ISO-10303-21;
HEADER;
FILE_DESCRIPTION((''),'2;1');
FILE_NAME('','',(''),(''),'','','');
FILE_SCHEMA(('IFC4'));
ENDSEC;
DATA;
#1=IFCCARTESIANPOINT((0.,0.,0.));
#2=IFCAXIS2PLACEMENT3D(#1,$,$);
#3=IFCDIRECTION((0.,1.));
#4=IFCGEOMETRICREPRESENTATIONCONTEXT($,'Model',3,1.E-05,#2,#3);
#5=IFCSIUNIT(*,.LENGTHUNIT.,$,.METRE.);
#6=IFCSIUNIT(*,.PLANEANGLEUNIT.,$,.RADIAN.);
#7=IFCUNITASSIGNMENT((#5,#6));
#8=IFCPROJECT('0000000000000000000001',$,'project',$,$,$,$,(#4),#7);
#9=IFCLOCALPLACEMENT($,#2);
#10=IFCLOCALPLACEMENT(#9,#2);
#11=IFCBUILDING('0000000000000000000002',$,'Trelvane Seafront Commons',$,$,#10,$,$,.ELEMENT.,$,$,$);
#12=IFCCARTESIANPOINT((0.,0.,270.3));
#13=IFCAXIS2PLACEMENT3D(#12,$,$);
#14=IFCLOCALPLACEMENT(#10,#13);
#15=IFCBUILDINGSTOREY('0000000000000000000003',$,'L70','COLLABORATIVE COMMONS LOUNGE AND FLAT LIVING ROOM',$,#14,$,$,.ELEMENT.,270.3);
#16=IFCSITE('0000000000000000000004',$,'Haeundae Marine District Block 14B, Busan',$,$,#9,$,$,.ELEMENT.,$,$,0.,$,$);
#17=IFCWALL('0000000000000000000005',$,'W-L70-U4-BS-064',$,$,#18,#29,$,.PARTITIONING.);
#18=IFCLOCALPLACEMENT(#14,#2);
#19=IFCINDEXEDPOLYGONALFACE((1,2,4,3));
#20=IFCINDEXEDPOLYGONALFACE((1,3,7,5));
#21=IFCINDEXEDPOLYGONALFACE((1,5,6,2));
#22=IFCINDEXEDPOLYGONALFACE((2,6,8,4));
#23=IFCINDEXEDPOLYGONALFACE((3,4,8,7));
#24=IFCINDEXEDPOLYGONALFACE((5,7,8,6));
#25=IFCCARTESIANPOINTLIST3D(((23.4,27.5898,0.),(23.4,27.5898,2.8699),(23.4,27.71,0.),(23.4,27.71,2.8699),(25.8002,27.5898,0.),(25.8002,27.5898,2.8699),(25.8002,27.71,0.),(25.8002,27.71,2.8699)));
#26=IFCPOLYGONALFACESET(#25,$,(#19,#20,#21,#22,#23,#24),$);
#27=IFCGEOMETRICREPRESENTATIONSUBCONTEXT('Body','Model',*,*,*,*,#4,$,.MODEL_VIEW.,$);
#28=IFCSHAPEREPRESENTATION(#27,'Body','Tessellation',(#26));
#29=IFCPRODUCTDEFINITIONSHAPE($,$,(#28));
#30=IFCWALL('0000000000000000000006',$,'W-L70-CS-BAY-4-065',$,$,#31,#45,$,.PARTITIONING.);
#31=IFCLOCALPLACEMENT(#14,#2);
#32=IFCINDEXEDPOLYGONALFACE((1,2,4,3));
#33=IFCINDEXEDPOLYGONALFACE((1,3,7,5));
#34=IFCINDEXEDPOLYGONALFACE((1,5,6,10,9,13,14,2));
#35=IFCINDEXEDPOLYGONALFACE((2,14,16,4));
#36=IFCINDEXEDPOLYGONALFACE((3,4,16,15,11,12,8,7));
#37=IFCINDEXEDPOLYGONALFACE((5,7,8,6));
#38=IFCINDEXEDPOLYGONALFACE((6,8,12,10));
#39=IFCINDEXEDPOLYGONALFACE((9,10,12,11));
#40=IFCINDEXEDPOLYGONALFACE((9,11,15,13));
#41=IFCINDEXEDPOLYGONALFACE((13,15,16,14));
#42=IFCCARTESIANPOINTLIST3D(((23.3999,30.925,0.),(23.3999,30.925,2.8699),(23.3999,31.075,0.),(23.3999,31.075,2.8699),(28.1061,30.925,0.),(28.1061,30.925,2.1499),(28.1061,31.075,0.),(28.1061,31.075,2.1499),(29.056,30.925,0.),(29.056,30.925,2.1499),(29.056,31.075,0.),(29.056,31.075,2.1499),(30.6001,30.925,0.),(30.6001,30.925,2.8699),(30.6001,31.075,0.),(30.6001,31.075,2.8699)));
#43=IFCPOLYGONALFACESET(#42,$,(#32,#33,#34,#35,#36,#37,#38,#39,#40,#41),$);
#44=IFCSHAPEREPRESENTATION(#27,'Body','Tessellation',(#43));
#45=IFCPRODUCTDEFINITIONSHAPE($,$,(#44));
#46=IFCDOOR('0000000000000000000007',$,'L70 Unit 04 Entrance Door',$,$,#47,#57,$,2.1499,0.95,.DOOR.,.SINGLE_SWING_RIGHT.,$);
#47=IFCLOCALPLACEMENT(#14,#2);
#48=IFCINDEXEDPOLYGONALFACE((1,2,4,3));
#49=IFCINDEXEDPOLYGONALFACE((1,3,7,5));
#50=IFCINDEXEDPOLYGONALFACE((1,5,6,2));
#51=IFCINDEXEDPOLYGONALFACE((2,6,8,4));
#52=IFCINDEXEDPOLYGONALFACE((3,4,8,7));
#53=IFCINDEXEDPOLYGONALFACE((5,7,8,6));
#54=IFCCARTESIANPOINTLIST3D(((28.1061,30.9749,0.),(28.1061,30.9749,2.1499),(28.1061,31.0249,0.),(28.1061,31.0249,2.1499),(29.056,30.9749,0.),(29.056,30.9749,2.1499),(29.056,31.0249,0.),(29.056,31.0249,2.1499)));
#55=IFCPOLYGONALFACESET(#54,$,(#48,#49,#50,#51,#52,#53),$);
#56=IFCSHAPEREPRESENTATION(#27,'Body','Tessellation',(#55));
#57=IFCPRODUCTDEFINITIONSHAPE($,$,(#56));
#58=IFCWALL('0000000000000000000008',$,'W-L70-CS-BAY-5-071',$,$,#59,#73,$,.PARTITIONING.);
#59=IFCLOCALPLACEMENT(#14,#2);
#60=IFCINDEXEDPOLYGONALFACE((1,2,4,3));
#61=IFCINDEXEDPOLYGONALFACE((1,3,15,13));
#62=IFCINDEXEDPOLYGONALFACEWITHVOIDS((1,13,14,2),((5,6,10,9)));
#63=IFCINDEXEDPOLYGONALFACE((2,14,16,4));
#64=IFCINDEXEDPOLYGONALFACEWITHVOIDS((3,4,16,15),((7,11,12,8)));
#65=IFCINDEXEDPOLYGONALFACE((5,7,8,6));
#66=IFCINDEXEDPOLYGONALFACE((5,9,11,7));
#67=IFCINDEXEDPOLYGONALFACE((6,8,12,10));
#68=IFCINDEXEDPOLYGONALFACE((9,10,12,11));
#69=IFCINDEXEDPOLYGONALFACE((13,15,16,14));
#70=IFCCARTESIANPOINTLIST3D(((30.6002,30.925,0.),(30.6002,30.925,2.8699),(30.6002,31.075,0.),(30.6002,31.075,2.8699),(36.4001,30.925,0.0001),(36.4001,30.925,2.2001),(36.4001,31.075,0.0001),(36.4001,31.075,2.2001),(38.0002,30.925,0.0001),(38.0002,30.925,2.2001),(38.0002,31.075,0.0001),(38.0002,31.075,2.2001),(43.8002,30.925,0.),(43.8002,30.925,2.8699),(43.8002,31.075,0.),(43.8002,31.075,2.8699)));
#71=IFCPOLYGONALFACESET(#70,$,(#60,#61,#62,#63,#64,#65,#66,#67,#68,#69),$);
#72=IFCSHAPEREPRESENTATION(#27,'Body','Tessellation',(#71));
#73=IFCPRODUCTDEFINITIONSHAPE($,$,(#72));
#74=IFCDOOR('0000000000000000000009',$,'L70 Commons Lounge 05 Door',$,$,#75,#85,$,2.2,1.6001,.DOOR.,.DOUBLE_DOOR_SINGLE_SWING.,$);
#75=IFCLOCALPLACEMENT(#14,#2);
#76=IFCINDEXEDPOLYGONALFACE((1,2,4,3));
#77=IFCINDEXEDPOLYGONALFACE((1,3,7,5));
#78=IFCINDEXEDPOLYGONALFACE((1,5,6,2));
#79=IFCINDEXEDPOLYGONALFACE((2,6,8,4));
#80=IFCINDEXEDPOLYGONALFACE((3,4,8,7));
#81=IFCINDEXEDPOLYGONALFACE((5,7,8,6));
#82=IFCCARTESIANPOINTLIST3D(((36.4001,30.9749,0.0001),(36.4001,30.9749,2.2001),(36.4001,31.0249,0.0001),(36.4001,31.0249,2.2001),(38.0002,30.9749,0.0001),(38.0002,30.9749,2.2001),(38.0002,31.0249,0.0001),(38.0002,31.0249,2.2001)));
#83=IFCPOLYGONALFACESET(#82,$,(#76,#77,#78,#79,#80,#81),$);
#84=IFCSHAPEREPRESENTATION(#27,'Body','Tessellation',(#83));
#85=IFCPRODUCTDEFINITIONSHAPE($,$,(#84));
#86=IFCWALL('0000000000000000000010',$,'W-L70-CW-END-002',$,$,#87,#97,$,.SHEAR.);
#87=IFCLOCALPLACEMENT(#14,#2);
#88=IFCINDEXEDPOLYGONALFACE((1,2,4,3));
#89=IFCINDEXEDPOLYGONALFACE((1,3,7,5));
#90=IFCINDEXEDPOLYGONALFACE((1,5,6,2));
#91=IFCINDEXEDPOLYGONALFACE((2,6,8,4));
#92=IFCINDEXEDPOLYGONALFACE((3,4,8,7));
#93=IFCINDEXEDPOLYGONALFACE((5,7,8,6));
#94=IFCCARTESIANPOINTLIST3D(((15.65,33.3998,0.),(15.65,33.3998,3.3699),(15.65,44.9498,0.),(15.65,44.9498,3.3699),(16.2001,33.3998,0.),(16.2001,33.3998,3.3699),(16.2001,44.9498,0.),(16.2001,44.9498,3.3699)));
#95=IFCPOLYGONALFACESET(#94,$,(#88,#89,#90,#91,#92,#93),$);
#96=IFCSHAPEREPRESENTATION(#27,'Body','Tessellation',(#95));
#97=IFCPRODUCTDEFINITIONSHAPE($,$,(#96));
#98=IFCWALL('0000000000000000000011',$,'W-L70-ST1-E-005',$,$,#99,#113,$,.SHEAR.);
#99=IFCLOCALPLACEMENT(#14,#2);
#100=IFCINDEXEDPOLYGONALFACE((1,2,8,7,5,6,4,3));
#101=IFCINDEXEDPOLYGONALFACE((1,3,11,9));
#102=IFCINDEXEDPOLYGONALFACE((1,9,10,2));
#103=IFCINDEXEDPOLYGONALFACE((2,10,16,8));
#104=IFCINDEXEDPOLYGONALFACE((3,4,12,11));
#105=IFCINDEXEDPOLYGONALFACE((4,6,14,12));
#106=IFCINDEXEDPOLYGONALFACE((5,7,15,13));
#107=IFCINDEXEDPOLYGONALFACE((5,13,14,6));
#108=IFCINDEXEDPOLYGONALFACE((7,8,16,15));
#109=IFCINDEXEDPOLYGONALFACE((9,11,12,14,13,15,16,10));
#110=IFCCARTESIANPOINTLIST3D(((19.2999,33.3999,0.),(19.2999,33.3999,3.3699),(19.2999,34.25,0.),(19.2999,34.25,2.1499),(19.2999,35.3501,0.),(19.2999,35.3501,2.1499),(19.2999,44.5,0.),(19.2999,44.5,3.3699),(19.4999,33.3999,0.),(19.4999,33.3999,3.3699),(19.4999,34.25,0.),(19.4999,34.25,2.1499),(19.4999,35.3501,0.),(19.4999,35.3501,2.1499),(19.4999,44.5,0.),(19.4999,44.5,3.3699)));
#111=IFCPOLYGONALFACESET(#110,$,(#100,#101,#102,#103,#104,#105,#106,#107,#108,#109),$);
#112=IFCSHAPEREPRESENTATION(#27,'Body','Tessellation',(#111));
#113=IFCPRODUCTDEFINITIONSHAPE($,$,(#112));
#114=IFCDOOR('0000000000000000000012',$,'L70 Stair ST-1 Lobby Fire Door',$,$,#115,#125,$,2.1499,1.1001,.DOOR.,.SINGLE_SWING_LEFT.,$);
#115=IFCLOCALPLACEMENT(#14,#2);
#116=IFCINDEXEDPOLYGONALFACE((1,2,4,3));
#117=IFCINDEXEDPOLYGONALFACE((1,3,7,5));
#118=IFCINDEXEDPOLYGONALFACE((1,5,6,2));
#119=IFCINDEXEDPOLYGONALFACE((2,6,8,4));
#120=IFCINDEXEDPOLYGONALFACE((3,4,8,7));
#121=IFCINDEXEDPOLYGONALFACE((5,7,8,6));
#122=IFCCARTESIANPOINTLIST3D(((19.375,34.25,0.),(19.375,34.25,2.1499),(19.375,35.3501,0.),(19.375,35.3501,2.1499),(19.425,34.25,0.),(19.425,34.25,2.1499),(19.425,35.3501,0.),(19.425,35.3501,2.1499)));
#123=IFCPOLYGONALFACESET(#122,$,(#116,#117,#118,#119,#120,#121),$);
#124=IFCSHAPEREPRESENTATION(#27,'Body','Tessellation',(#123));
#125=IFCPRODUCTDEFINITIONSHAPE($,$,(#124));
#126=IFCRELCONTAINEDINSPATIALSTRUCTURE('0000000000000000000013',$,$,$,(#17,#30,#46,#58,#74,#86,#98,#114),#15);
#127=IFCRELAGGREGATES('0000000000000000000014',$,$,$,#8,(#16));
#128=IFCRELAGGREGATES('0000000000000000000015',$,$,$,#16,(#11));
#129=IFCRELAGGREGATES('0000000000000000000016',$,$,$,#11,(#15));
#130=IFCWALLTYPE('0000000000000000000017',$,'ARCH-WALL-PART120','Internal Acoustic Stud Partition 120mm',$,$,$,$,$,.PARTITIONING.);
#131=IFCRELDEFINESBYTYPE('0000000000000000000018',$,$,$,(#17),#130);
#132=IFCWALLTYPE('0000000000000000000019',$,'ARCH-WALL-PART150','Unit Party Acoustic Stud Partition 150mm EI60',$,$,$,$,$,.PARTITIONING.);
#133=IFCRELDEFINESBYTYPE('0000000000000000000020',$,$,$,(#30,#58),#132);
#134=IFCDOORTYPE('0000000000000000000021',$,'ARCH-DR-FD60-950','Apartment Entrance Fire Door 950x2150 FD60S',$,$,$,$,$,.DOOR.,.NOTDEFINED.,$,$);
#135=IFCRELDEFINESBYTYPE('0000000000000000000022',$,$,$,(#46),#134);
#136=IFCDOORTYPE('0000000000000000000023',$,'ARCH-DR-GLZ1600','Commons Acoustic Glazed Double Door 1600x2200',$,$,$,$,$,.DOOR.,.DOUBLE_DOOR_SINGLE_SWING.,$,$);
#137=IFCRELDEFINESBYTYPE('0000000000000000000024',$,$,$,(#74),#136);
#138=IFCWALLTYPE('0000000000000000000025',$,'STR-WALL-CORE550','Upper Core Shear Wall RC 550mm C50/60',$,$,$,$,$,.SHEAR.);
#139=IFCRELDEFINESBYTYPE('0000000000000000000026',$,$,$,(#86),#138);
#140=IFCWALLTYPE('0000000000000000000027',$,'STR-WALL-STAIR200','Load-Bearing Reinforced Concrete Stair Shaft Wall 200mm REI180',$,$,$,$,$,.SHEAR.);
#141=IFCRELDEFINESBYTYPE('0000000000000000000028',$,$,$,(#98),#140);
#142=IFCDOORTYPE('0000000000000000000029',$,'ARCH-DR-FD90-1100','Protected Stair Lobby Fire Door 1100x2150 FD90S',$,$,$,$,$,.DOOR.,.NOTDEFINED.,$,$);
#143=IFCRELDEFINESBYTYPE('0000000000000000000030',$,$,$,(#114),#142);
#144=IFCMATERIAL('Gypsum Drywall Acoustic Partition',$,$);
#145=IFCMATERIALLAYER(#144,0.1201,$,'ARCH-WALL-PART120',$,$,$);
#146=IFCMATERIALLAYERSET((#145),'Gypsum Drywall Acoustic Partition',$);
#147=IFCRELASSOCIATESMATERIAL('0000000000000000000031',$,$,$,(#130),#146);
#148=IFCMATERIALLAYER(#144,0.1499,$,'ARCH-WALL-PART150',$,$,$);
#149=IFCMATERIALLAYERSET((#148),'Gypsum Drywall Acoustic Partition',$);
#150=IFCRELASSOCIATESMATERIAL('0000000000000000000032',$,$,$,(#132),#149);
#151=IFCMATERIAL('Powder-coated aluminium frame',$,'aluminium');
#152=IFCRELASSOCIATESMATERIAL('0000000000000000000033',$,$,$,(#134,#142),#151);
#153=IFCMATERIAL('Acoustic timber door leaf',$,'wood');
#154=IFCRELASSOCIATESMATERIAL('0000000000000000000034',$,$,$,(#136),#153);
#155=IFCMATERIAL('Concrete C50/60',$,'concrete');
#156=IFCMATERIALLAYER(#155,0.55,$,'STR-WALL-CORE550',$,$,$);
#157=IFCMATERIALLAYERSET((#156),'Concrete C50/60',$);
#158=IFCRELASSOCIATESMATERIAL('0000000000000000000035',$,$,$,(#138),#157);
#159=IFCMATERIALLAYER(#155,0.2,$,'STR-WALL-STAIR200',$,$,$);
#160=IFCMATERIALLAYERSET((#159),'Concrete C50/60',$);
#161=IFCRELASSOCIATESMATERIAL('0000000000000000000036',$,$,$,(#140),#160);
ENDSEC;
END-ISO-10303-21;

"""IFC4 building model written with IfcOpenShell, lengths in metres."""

from ifc_helpers import new_model, si_unit, direction, frame, frame_2d, origin, place, context, subcontext, project, spatial, rectangle, extrude, source, transform, mapped, material, layer, layer_set, type_object, element, fill, save


model = new_model("IFC4")

# Units and contexts
model_context = context("Model", 3, precision=1e-05, world=origin(), true_north=direction((0.0, 1.0)))
body_context = subcontext(model_context, "Body", "Model", "MODEL_VIEW")
ifc_project = project(units=[si_unit("LENGTHUNIT", "METRE"), si_unit("PLANEANGLEUNIT", "RADIAN")], contexts=[model_context])

# Site, building, storey
site_placement = place(None, origin())
site = spatial("IfcSite", under=ifc_project, at=site_placement, Name="Haeundae Marine District Block 14B, Busan", CompositionType="ELEMENT", RefElevation=0.0)
building_placement = place(site_placement, origin())
building = spatial("IfcBuilding", under=site, at=building_placement, Name="Trelvane Seafront Commons", CompositionType="ELEMENT")
storey_placement = place(building_placement, frame((0.0, 0.0, 270.3)))
storey = spatial("IfcBuildingStorey", under=building, at=storey_placement, Name="L70", Description="COLLABORATIVE COMMONS LOUNGE AND FLAT LIVING ROOM", CompositionType="ELEMENT", Elevation=270.3)

# Shared definitions
ifc_material_1 = material(Name="Concrete C50/60", Category="concrete")

# Shared definitions
ifc_material_2 = material(Name="Powder-coated aluminium frame", Category="aluminium")
shared_shape_1 = source(origin(), body_context, "Body", "SweptSolid", [
    extrude(rectangle(XDim=1.6001, YDim=2.2, at=frame_2d((0.8, 1.1001))), frame((0.0, 0.0249, 0.0), z_axis=(0.0, -1.0, 0.0), x_axis=(1.0, 0.0, 0.0)), (0.0, 0.0, 1.0), 0.05),
])
ifc_material_3 = material(Name="Gypsum Drywall Acoustic Partition")
ifc_layer_1 = layer(ifc_material_3, 0.1201, Name="ARCH-WALL-PART120")
ifc_layer_set_1 = layer_set([ifc_layer_1], Name="Gypsum Drywall Acoustic Partition")
wall_type_1 = type_object("IfcWallType", Name="ARCH-WALL-PART120", Description="Internal Acoustic Stud Partition 120mm", PredefinedType="PARTITIONING", material=ifc_layer_set_1)
ifc_material_4 = material(Name="Acoustic timber door leaf", Category="wood")
shared_shape_2 = source(origin(), body_context, "Body", "SweptSolid", [
    extrude(rectangle(XDim=0.95, YDim=2.1499, at=frame_2d((0.4751, 1.075))), frame((0.0, 0.0249, 0.0), z_axis=(0.0, -1.0, 0.0), x_axis=(1.0, 0.0, 0.0)), (0.0, 0.0, 1.0), 0.05),
])

# Wall
wall_1_placement = place(storey_placement, frame((23.3999, 27.6499, 0.0), z_axis=(0.0, 0.0, 1.0), x_axis=(1.0, 0.0, 0.0)))
element("IfcWall", 1, at=wall_1_placement, inside=storey, type_object=wall_type_1, Name="W-L70-U4-BS-064", PredefinedType="PARTITIONING", context=body_context, shape_type="SweptSolid", body=[
    extrude(rectangle(XDim=2.4001, YDim=0.1201, at=frame_2d((1.2002, 0.0))), origin(), (0.0, 0.0, 1.0), 2.8699),
])

# Walls, openings, doors
ifc_layer_2 = layer(ifc_material_3, 0.1499, Name="ARCH-WALL-PART150")
ifc_layer_set_2 = layer_set([ifc_layer_2], Name="Gypsum Drywall Acoustic Partition")
wall_type_2 = type_object("IfcWallType", Name="ARCH-WALL-PART150", Description="Unit Party Acoustic Stud Partition 150mm EI60", PredefinedType="PARTITIONING", material=ifc_layer_set_2)
door_type_1 = type_object("IfcDoorType", Name="ARCH-DR-FD60-950", Description="Apartment Entrance Fire Door 950x2150 FD60S", OperationType="NOTDEFINED", PredefinedType="DOOR", material=ifc_material_2)
wall_2_placement = place(storey_placement, frame((23.3999, 31.0, 0.0), z_axis=(0.0, 0.0, 1.0), x_axis=(1.0, 0.0, 0.0)))
wall_2 = element("IfcWall", 2, at=wall_2_placement, inside=storey, type_object=wall_type_2, Name="W-L70-CS-BAY-4-065", PredefinedType="PARTITIONING", context=body_context, shape_type="SweptSolid", body=[
    extrude(rectangle(XDim=7.2002, YDim=0.1499, at=frame_2d((3.6001, 0.0))), origin(), (0.0, 0.0, 1.0), 2.8699),
])
opening_1_placement = place(wall_2_placement, frame((4.7061, 0.0, 0.0)))
opening_1 = element("IfcOpeningElement", 3, at=opening_1_placement, cuts=wall_2, PredefinedType="OPENING", context=body_context, shape_type="SweptSolid", body=[
    extrude(rectangle(XDim=0.95, YDim=2.1499, at=frame_2d((0.4751, 1.075))), frame((0.0, 0.085, 0.0), z_axis=(0.0, -1.0, 0.0), x_axis=(1.0, 0.0, 0.0)), (0.0, 0.0, 1.0), 0.1699),
])
door_1_placement = place(opening_1_placement, origin())
door_1 = element("IfcDoor", 4, at=door_1_placement, inside=storey, type_object=door_type_1, Name="L70 Unit 04 Entrance Door", OperationType="SINGLE_SWING_RIGHT", OverallHeight=2.1499, OverallWidth=0.95, PredefinedType="DOOR", context=body_context, shape_type="MappedRepresentation", body=[
    mapped(shared_shape_2, transform((0.0, 0.0, 0.0), x_axis=(1.0, 0.0, 0.0), y_axis=(0.0, 1.0, 0.0), z_axis=(0.0, 0.0, 1.0), scale=1.0)),
])
fill(opening_1, door_1)
wall_3_placement = place(storey_placement, frame((30.6001, 31.0, 0.0), z_axis=(0.0, 0.0, 1.0), x_axis=(1.0, 0.0, 0.0)))
wall_3 = element("IfcWall", 5, at=wall_3_placement, inside=storey, type_object=wall_type_2, Name="W-L70-CS-BAY-5-071", PredefinedType="PARTITIONING", context=body_context, shape_type="SweptSolid", body=[
    extrude(rectangle(XDim=13.2, YDim=0.1499, at=frame_2d((6.6001, 0.0))), origin(), (0.0, 0.0, 1.0), 2.8699),
])
opening_2_placement = place(wall_3_placement, frame((5.8, 0.0, 0.0)))
opening_2 = element("IfcOpeningElement", 6, at=opening_2_placement, cuts=wall_3, PredefinedType="OPENING", context=body_context, shape_type="SweptSolid", body=[
    extrude(rectangle(XDim=1.6001, YDim=2.2, at=frame_2d((0.8, 1.1001))), frame((0.0, 0.085, 0.0), z_axis=(0.0, -1.0, 0.0), x_axis=(1.0, 0.0, 0.0)), (0.0, 0.0, 1.0), 0.1699),
])
door_type_2 = type_object("IfcDoorType", Name="ARCH-DR-GLZ1600", Description="Commons Acoustic Glazed Double Door 1600x2200", OperationType="DOUBLE_DOOR_SINGLE_SWING", PredefinedType="DOOR", material=ifc_material_4)
door_2_placement = place(opening_2_placement, origin())
door_2 = element("IfcDoor", 7, at=door_2_placement, inside=storey, type_object=door_type_2, Name="L70 Commons Lounge 05 Door", OperationType="DOUBLE_DOOR_SINGLE_SWING", OverallHeight=2.2, OverallWidth=1.6001, PredefinedType="DOOR", context=body_context, shape_type="MappedRepresentation", body=[
    mapped(shared_shape_1, transform((0.0, 0.0, 0.0), x_axis=(1.0, 0.0, 0.0), y_axis=(0.0, 1.0, 0.0), z_axis=(0.0, 0.0, 1.0), scale=1.0)),
])
fill(opening_2, door_2)

# Wall
ifc_layer_3 = layer(ifc_material_1, 0.55, Name="STR-WALL-CORE550")
ifc_layer_set_3 = layer_set([ifc_layer_3], Name="Concrete C50/60")
wall_type_3 = type_object("IfcWallType", Name="STR-WALL-CORE550", Description="Upper Core Shear Wall RC 550mm C50/60", PredefinedType="SHEAR", material=ifc_layer_set_3)
wall_4_placement = place(storey_placement, frame((15.925, 33.3999, 0.0), z_axis=(0.0, 0.0, 1.0), x_axis=(0.0, 1.0, 0.0)))
element("IfcWall", 8, at=wall_4_placement, inside=storey, type_object=wall_type_3, Name="W-L70-CW-END-002", PredefinedType="SHEAR", context=body_context, shape_type="SweptSolid", body=[
    extrude(rectangle(XDim=11.55, YDim=0.55, at=frame_2d((5.7749, 0.0))), origin(), (0.0, 0.0, 1.0), 3.3699),
])

# Wall, opening, door
ifc_layer_4 = layer(ifc_material_1, 0.2, Name="STR-WALL-STAIR200")
ifc_layer_set_4 = layer_set([ifc_layer_4], Name="Concrete C50/60")
wall_type_4 = type_object("IfcWallType", Name="STR-WALL-STAIR200", Description="Load-Bearing Reinforced Concrete Stair Shaft Wall 200mm REI180", PredefinedType="SHEAR", material=ifc_layer_set_4)
wall_5_placement = place(storey_placement, frame((19.3999, 33.3999, 0.0), z_axis=(0.0, 0.0, 1.0), x_axis=(0.0, 1.0, 0.0)))
wall_5 = element("IfcWall", 9, at=wall_5_placement, inside=storey, type_object=wall_type_4, Name="W-L70-ST1-E-005", PredefinedType="SHEAR", context=body_context, shape_type="SweptSolid", body=[
    extrude(rectangle(XDim=11.1001, YDim=0.2, at=frame_2d((5.55, 0.0))), origin(), (0.0, 0.0, 1.0), 3.3699),
])
opening_3_placement = place(wall_5_placement, frame((0.8501, 0.0, 0.0)))
opening_3 = element("IfcOpeningElement", 10, at=opening_3_placement, cuts=wall_5, PredefinedType="OPENING", context=body_context, shape_type="SweptSolid", body=[
    extrude(rectangle(XDim=1.1001, YDim=2.1499, at=frame_2d((0.55, 1.075))), frame((0.0, 0.1099, 0.0), z_axis=(0.0, -1.0, 0.0), x_axis=(1.0, 0.0, 0.0)), (0.0, 0.0, 1.0), 0.22),
])
door_type_3 = type_object("IfcDoorType", Name="ARCH-DR-FD90-1100", Description="Protected Stair Lobby Fire Door 1100x2150 FD90S", OperationType="NOTDEFINED", PredefinedType="DOOR", material=ifc_material_2)
shared_shape_3 = source(origin(), body_context, "Body", "SweptSolid", [
    extrude(rectangle(XDim=1.1001, YDim=2.1499, at=frame_2d((0.55, 1.075))), frame((0.0, 0.0249, 0.0), z_axis=(0.0, -1.0, 0.0), x_axis=(1.0, 0.0, 0.0)), (0.0, 0.0, 1.0), 0.05),
])
door_3_placement = place(opening_3_placement, origin())
door_3 = element("IfcDoor", 11, at=door_3_placement, inside=storey, type_object=door_type_3, Name="L70 Stair ST-1 Lobby Fire Door", OperationType="SINGLE_SWING_LEFT", OverallHeight=2.1499, OverallWidth=1.1001, PredefinedType="DOOR", context=body_context, shape_type="MappedRepresentation", body=[
    mapped(shared_shape_3, transform((0.0, 0.0, 0.0), x_axis=(1.0, 0.0, 0.0), y_axis=(0.0, 1.0, 0.0), z_axis=(0.0, 0.0, 1.0), scale=1.0)),
])
fill(opening_3, door_3)

save(model, "model.ifc")
